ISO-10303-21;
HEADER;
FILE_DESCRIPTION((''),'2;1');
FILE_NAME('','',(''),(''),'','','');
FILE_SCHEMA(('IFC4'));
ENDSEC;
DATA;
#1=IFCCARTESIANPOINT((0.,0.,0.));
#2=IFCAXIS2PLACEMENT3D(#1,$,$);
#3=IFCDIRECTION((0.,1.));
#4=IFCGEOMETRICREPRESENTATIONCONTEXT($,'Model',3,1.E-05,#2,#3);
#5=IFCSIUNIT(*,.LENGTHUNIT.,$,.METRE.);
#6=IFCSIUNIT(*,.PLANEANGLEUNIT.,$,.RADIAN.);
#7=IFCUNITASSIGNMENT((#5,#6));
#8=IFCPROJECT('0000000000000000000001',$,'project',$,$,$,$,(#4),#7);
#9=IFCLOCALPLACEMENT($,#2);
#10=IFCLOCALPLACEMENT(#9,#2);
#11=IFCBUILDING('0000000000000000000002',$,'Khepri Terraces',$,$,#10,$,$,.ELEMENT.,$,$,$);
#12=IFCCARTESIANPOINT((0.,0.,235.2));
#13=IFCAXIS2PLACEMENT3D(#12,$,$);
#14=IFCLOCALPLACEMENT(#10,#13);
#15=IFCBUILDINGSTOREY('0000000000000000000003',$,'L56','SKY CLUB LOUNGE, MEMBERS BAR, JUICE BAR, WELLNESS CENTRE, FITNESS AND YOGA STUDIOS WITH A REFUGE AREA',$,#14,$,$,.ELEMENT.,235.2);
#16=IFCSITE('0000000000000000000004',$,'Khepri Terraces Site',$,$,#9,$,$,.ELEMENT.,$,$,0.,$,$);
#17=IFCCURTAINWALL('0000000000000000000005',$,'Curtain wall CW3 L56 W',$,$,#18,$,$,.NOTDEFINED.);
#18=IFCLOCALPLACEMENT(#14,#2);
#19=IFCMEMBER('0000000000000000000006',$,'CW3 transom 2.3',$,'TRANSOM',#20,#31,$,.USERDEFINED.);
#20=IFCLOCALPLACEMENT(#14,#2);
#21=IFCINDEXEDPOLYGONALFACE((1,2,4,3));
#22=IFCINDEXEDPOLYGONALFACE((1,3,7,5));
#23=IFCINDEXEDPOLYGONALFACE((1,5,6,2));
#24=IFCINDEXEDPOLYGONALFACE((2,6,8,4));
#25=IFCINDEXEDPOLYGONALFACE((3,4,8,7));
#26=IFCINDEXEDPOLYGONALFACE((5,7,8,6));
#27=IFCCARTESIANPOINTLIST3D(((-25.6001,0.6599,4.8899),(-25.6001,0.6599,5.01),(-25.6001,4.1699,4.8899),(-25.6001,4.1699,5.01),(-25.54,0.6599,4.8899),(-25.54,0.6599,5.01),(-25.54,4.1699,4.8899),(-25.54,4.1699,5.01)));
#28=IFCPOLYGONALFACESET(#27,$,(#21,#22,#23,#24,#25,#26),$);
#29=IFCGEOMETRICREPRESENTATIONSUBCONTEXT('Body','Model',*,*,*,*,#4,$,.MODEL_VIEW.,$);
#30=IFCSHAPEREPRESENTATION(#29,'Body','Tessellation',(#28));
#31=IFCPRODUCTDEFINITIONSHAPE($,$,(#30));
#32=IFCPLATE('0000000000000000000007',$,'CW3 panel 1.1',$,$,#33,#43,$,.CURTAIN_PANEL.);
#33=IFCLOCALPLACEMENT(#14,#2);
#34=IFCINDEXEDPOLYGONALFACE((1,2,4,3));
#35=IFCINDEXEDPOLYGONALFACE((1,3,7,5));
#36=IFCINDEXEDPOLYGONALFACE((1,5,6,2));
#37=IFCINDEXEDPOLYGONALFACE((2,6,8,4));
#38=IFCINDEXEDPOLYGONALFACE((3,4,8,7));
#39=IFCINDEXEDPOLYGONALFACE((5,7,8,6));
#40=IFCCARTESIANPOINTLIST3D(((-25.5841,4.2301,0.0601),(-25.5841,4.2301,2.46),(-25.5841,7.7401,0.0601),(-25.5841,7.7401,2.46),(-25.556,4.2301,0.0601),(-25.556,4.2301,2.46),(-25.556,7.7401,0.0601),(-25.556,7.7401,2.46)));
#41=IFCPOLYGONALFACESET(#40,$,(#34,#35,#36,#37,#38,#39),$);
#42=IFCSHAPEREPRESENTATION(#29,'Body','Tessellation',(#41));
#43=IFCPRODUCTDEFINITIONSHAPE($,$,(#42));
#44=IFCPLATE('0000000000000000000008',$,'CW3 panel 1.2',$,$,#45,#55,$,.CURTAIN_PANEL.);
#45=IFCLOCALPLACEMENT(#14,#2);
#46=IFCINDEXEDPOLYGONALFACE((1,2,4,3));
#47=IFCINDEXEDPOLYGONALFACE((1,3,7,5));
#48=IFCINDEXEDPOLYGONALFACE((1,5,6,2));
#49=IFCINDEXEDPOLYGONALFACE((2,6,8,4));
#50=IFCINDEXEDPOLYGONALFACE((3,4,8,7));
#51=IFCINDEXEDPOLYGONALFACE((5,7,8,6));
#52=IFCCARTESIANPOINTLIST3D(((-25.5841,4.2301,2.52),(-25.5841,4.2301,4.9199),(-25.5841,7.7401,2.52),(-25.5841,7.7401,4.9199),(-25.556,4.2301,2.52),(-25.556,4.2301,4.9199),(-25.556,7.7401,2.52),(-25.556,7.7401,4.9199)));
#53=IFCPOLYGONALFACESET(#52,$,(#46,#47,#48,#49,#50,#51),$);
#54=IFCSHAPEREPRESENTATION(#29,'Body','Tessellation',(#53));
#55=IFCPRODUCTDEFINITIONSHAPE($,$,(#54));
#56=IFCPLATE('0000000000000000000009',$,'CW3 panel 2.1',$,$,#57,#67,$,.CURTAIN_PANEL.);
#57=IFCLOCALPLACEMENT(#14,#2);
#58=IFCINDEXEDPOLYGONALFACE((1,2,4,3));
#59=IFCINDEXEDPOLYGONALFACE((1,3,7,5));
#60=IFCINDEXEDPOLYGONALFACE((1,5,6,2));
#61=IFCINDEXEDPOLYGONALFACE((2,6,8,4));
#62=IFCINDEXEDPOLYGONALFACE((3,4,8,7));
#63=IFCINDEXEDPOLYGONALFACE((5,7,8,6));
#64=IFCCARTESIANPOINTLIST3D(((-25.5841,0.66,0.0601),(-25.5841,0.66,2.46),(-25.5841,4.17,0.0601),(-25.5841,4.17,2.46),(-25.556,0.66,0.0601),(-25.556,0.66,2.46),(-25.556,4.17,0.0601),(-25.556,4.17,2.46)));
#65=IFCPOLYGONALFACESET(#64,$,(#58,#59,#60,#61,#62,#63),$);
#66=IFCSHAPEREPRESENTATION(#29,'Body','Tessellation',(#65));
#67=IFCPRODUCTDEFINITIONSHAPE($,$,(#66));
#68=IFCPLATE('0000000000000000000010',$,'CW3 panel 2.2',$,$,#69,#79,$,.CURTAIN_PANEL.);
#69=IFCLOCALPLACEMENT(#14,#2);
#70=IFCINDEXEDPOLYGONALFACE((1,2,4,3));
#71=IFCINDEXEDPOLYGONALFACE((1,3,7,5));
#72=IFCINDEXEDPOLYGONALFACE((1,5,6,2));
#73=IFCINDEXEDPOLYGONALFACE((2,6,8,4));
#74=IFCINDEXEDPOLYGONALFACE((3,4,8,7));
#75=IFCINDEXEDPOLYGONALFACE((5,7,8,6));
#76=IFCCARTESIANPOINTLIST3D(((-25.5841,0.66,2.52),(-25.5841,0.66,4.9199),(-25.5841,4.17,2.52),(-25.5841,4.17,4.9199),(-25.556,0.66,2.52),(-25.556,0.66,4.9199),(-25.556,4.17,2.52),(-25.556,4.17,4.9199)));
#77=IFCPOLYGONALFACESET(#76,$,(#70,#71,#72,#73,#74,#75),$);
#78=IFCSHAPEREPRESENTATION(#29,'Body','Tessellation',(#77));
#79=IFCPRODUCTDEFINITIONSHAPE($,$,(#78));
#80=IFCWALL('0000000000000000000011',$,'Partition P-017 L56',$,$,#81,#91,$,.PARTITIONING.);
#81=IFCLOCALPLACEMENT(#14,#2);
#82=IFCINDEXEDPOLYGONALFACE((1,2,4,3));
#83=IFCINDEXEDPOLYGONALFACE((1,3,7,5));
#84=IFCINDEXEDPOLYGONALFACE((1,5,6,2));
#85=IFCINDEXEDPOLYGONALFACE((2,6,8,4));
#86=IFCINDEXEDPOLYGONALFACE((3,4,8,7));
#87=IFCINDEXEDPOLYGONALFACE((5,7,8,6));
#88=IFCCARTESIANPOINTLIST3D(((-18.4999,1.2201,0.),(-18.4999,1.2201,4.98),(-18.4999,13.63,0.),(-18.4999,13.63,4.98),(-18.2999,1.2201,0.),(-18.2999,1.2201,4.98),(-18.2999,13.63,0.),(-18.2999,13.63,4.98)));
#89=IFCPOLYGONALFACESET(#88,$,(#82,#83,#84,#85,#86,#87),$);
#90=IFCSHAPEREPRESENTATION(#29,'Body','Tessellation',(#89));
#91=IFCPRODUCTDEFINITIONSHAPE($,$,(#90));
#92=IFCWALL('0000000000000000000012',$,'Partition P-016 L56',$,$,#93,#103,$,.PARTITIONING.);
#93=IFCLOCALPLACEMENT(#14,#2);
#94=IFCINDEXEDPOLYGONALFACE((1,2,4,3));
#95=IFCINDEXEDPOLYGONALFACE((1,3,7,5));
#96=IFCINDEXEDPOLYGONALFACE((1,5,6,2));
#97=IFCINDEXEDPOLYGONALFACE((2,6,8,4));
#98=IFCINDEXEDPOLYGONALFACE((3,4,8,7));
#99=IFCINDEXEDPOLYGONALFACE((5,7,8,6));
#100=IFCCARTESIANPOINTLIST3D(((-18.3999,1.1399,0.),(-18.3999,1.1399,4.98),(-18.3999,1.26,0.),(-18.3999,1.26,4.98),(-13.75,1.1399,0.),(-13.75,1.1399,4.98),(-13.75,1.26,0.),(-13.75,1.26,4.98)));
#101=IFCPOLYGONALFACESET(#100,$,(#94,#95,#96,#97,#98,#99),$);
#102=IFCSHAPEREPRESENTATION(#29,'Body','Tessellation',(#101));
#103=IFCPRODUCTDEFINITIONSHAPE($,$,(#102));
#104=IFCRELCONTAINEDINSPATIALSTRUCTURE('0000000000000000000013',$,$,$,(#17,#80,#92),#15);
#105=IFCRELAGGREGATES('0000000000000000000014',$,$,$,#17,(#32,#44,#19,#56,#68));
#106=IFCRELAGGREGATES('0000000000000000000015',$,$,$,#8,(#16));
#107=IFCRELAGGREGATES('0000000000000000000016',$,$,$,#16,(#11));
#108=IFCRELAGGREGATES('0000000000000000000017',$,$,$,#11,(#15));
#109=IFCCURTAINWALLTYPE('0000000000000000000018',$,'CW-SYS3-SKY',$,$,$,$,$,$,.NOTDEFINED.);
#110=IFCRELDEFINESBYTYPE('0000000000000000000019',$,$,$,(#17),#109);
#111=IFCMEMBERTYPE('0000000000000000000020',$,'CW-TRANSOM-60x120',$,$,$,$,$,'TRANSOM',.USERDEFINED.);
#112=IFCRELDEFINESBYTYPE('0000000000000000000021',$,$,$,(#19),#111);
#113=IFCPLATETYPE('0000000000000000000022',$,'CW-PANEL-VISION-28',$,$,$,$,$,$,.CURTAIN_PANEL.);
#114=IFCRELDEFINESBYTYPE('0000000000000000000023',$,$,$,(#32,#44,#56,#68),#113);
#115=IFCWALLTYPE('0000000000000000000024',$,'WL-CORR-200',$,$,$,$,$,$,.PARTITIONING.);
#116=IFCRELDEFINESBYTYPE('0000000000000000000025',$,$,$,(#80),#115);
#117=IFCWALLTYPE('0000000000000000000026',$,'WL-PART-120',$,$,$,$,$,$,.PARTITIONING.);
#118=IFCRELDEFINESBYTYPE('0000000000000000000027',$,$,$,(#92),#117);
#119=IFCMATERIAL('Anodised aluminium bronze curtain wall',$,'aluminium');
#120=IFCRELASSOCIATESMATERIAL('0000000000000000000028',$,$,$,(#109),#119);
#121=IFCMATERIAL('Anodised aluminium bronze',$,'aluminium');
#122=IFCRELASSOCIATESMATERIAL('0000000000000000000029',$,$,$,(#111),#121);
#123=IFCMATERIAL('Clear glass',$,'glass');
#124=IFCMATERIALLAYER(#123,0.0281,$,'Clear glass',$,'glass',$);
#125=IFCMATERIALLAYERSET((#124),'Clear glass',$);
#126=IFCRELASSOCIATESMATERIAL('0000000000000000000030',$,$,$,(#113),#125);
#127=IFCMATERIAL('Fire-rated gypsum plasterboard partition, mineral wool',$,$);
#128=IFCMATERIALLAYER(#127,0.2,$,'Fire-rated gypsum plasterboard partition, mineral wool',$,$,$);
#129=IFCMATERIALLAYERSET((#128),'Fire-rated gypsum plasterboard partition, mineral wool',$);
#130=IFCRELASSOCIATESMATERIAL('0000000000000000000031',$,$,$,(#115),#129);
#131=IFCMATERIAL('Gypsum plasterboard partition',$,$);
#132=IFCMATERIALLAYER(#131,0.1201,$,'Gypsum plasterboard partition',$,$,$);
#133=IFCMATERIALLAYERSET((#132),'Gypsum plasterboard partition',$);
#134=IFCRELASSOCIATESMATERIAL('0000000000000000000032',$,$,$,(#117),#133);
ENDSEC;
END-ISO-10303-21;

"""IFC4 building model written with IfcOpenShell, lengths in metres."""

from ifc_helpers import new_model, si_unit, direction, frame, frame_2d, origin, origin_2d, place, context, subcontext, project, spatial, rectangle, extrude, material, layer, layer_set, material_profile, profile_set, type_object, element, aggregate, save


model = new_model("IFC4")

# Units and contexts
model_context = context("Model", 3, precision=1e-05, world=origin(), true_north=direction((0.0, 1.0)))
body_context = subcontext(model_context, "Body", "Model", "MODEL_VIEW")
ifc_project = project(units=[si_unit("LENGTHUNIT", "METRE"), si_unit("PLANEANGLEUNIT", "RADIAN")], contexts=[model_context])

# Site, building, storey
site_placement = place(None, origin())
site = spatial("IfcSite", under=ifc_project, at=site_placement, Name="Khepri Terraces Site", CompositionType="ELEMENT", RefElevation=0.0)
building_placement = place(site_placement, origin())
building = spatial("IfcBuilding", under=site, at=building_placement, Name="Khepri Terraces", CompositionType="ELEMENT")
storey_placement = place(building_placement, frame((0.0, 0.0, 235.2)))
storey = spatial("IfcBuildingStorey", under=building, at=storey_placement, Name="L56", Description="SKY CLUB LOUNGE, MEMBERS BAR, JUICE BAR, WELLNESS CENTRE, FITNESS AND YOGA STUDIOS WITH A REFUGE AREA", CompositionType="ELEMENT", Elevation=235.2)

# Curtain wall, member, plates
ifc_material_1 = material(Name="Anodised aluminium bronze curtain wall", Category="aluminium")
curtain_wall_type = type_object("IfcCurtainWallType", Name="CW-SYS3-SKY", PredefinedType="NOTDEFINED", material=ifc_material_1)
curtain_wall_placement = place(storey_placement, origin())
curtain_wall = element("IfcCurtainWall", 1, at=curtain_wall_placement, inside=storey, type_object=curtain_wall_type, Name="Curtain wall CW3 L56 W", PredefinedType="NOTDEFINED")
ifc_material_2 = material(Name="Anodised aluminium bronze", Category="aluminium")
ifc_material_profile_1 = material_profile(ifc_material_2, rectangle(XDim=0.0601, YDim=0.1201, at=origin_2d()), Name="Anodised aluminium bronze", Category="aluminium")
ifc_profile_set_1 = profile_set([ifc_material_profile_1], Name="Anodised aluminium bronze")
member_type_1 = type_object("IfcMemberType", Name="CW-TRANSOM-60x120", ElementType="TRANSOM", PredefinedType="USERDEFINED", material=ifc_profile_set_1)
member_1_placement = place(storey_placement, frame((-25.5701, 4.1699, 4.95), z_axis=(0.0, -1.0, 0.0), x_axis=(1.0, 0.0, 0.0)))
member_1 = element("IfcMember", 2, at=member_1_placement, type_object=member_type_1, Name="CW3 transom 2.3", ObjectType="TRANSOM", PredefinedType="USERDEFINED", context=body_context, shape_type="SweptSolid", body=[
    extrude(rectangle(XDim=0.0601, YDim=0.1201, at=origin_2d()), origin(), (0.0, 0.0, 1.0), 3.51),
])
ifc_material_3 = material(Name="Clear glass", Category="glass")
ifc_layer_1 = layer(ifc_material_3, 0.0281, Name="Clear glass", Category="glass")
ifc_layer_set_1 = layer_set([ifc_layer_1], Name="Clear glass")
plate_type = type_object("IfcPlateType", Name="CW-PANEL-VISION-28", PredefinedType="CURTAIN_PANEL", material=ifc_layer_set_1)
plate_1_placement = place(storey_placement, frame((-25.5701, 5.9851, 0.0601), z_axis=(0.0, 0.0, 1.0), x_axis=(0.0, -1.0, 0.0)))
plate_1 = element("IfcPlate", 3, at=plate_1_placement, type_object=plate_type, Name="CW3 panel 1.1", PredefinedType="CURTAIN_PANEL", context=body_context, shape_type="SweptSolid", body=[
    extrude(rectangle(XDim=3.51, YDim=0.0281, at=origin_2d()), origin(), (0.0, 0.0, 1.0), 2.3999),
])
plate_2_placement = place(storey_placement, frame((-25.5701, 5.9851, 2.52), z_axis=(0.0, 0.0, 1.0), x_axis=(0.0, -1.0, 0.0)))
plate_2 = element("IfcPlate", 4, at=plate_2_placement, type_object=plate_type, Name="CW3 panel 1.2", PredefinedType="CURTAIN_PANEL", context=body_context, shape_type="SweptSolid", body=[
    extrude(rectangle(XDim=3.51, YDim=0.0281, at=origin_2d()), origin(), (0.0, 0.0, 1.0), 2.3999),
])
plate_3_placement = place(storey_placement, frame((-25.5701, 2.415, 0.0601), z_axis=(0.0, 0.0, 1.0), x_axis=(0.0, -1.0, 0.0)))
plate_3 = element("IfcPlate", 5, at=plate_3_placement, type_object=plate_type, Name="CW3 panel 2.1", PredefinedType="CURTAIN_PANEL", context=body_context, shape_type="SweptSolid", body=[
    extrude(rectangle(XDim=3.51, YDim=0.0281, at=origin_2d()), origin(), (0.0, 0.0, 1.0), 2.3999),
])
plate_4_placement = place(storey_placement, frame((-25.5701, 2.415, 2.52), z_axis=(0.0, 0.0, 1.0), x_axis=(0.0, -1.0, 0.0)))
plate_4 = element("IfcPlate", 6, at=plate_4_placement, type_object=plate_type, Name="CW3 panel 2.2", PredefinedType="CURTAIN_PANEL", context=body_context, shape_type="SweptSolid", body=[
    extrude(rectangle(XDim=3.51, YDim=0.0281, at=origin_2d()), origin(), (0.0, 0.0, 1.0), 2.3999),
])
aggregate(curtain_wall, [plate_1, plate_2, member_1, plate_3, plate_4])

# Walls
ifc_material_4 = material(Name="Fire-rated gypsum plasterboard partition, mineral wool")
ifc_layer_2 = layer(ifc_material_4, 0.2, Name="Fire-rated gypsum plasterboard partition, mineral wool")
ifc_layer_set_2 = layer_set([ifc_layer_2], Name="Fire-rated gypsum plasterboard partition, mineral wool")
wall_type_1 = type_object("IfcWallType", Name="WL-CORR-200", PredefinedType="PARTITIONING", material=ifc_layer_set_2)
wall_1_placement = place(storey_placement, frame((-18.3999, 1.22, 0.0), z_axis=(0.0, 0.0, 1.0), x_axis=(0.0, 1.0, 0.0)))
element("IfcWall", 7, at=wall_1_placement, inside=storey, type_object=wall_type_1, Name="Partition P-017 L56", PredefinedType="PARTITIONING", context=body_context, shape_type="SweptSolid", body=[
    extrude(rectangle(XDim=12.4099, YDim=0.2, at=frame_2d((6.2051, 0.0))), origin(), (0.0, 0.0, 1.0), 4.98),
])
ifc_material_5 = material(Name="Gypsum plasterboard partition")
ifc_layer_3 = layer(ifc_material_5, 0.1201, Name="Gypsum plasterboard partition")
ifc_layer_set_3 = layer_set([ifc_layer_3], Name="Gypsum plasterboard partition")
wall_type_2 = type_object("IfcWallType", Name="WL-PART-120", PredefinedType="PARTITIONING", material=ifc_layer_set_3)
wall_2_placement = place(storey_placement, frame((-18.3999, 1.2, 0.0), z_axis=(0.0, 0.0, 1.0), x_axis=(1.0, 0.0, 0.0)))
element("IfcWall", 8, at=wall_2_placement, inside=storey, type_object=wall_type_2, Name="Partition P-016 L56", PredefinedType="PARTITIONING", context=body_context, shape_type="SweptSolid", body=[
    extrude(rectangle(XDim=4.6499, YDim=0.1201, at=frame_2d((2.325, 0.0))), origin(), (0.0, 0.0, 1.0), 4.98),
])

save(model, "model.ifc")
